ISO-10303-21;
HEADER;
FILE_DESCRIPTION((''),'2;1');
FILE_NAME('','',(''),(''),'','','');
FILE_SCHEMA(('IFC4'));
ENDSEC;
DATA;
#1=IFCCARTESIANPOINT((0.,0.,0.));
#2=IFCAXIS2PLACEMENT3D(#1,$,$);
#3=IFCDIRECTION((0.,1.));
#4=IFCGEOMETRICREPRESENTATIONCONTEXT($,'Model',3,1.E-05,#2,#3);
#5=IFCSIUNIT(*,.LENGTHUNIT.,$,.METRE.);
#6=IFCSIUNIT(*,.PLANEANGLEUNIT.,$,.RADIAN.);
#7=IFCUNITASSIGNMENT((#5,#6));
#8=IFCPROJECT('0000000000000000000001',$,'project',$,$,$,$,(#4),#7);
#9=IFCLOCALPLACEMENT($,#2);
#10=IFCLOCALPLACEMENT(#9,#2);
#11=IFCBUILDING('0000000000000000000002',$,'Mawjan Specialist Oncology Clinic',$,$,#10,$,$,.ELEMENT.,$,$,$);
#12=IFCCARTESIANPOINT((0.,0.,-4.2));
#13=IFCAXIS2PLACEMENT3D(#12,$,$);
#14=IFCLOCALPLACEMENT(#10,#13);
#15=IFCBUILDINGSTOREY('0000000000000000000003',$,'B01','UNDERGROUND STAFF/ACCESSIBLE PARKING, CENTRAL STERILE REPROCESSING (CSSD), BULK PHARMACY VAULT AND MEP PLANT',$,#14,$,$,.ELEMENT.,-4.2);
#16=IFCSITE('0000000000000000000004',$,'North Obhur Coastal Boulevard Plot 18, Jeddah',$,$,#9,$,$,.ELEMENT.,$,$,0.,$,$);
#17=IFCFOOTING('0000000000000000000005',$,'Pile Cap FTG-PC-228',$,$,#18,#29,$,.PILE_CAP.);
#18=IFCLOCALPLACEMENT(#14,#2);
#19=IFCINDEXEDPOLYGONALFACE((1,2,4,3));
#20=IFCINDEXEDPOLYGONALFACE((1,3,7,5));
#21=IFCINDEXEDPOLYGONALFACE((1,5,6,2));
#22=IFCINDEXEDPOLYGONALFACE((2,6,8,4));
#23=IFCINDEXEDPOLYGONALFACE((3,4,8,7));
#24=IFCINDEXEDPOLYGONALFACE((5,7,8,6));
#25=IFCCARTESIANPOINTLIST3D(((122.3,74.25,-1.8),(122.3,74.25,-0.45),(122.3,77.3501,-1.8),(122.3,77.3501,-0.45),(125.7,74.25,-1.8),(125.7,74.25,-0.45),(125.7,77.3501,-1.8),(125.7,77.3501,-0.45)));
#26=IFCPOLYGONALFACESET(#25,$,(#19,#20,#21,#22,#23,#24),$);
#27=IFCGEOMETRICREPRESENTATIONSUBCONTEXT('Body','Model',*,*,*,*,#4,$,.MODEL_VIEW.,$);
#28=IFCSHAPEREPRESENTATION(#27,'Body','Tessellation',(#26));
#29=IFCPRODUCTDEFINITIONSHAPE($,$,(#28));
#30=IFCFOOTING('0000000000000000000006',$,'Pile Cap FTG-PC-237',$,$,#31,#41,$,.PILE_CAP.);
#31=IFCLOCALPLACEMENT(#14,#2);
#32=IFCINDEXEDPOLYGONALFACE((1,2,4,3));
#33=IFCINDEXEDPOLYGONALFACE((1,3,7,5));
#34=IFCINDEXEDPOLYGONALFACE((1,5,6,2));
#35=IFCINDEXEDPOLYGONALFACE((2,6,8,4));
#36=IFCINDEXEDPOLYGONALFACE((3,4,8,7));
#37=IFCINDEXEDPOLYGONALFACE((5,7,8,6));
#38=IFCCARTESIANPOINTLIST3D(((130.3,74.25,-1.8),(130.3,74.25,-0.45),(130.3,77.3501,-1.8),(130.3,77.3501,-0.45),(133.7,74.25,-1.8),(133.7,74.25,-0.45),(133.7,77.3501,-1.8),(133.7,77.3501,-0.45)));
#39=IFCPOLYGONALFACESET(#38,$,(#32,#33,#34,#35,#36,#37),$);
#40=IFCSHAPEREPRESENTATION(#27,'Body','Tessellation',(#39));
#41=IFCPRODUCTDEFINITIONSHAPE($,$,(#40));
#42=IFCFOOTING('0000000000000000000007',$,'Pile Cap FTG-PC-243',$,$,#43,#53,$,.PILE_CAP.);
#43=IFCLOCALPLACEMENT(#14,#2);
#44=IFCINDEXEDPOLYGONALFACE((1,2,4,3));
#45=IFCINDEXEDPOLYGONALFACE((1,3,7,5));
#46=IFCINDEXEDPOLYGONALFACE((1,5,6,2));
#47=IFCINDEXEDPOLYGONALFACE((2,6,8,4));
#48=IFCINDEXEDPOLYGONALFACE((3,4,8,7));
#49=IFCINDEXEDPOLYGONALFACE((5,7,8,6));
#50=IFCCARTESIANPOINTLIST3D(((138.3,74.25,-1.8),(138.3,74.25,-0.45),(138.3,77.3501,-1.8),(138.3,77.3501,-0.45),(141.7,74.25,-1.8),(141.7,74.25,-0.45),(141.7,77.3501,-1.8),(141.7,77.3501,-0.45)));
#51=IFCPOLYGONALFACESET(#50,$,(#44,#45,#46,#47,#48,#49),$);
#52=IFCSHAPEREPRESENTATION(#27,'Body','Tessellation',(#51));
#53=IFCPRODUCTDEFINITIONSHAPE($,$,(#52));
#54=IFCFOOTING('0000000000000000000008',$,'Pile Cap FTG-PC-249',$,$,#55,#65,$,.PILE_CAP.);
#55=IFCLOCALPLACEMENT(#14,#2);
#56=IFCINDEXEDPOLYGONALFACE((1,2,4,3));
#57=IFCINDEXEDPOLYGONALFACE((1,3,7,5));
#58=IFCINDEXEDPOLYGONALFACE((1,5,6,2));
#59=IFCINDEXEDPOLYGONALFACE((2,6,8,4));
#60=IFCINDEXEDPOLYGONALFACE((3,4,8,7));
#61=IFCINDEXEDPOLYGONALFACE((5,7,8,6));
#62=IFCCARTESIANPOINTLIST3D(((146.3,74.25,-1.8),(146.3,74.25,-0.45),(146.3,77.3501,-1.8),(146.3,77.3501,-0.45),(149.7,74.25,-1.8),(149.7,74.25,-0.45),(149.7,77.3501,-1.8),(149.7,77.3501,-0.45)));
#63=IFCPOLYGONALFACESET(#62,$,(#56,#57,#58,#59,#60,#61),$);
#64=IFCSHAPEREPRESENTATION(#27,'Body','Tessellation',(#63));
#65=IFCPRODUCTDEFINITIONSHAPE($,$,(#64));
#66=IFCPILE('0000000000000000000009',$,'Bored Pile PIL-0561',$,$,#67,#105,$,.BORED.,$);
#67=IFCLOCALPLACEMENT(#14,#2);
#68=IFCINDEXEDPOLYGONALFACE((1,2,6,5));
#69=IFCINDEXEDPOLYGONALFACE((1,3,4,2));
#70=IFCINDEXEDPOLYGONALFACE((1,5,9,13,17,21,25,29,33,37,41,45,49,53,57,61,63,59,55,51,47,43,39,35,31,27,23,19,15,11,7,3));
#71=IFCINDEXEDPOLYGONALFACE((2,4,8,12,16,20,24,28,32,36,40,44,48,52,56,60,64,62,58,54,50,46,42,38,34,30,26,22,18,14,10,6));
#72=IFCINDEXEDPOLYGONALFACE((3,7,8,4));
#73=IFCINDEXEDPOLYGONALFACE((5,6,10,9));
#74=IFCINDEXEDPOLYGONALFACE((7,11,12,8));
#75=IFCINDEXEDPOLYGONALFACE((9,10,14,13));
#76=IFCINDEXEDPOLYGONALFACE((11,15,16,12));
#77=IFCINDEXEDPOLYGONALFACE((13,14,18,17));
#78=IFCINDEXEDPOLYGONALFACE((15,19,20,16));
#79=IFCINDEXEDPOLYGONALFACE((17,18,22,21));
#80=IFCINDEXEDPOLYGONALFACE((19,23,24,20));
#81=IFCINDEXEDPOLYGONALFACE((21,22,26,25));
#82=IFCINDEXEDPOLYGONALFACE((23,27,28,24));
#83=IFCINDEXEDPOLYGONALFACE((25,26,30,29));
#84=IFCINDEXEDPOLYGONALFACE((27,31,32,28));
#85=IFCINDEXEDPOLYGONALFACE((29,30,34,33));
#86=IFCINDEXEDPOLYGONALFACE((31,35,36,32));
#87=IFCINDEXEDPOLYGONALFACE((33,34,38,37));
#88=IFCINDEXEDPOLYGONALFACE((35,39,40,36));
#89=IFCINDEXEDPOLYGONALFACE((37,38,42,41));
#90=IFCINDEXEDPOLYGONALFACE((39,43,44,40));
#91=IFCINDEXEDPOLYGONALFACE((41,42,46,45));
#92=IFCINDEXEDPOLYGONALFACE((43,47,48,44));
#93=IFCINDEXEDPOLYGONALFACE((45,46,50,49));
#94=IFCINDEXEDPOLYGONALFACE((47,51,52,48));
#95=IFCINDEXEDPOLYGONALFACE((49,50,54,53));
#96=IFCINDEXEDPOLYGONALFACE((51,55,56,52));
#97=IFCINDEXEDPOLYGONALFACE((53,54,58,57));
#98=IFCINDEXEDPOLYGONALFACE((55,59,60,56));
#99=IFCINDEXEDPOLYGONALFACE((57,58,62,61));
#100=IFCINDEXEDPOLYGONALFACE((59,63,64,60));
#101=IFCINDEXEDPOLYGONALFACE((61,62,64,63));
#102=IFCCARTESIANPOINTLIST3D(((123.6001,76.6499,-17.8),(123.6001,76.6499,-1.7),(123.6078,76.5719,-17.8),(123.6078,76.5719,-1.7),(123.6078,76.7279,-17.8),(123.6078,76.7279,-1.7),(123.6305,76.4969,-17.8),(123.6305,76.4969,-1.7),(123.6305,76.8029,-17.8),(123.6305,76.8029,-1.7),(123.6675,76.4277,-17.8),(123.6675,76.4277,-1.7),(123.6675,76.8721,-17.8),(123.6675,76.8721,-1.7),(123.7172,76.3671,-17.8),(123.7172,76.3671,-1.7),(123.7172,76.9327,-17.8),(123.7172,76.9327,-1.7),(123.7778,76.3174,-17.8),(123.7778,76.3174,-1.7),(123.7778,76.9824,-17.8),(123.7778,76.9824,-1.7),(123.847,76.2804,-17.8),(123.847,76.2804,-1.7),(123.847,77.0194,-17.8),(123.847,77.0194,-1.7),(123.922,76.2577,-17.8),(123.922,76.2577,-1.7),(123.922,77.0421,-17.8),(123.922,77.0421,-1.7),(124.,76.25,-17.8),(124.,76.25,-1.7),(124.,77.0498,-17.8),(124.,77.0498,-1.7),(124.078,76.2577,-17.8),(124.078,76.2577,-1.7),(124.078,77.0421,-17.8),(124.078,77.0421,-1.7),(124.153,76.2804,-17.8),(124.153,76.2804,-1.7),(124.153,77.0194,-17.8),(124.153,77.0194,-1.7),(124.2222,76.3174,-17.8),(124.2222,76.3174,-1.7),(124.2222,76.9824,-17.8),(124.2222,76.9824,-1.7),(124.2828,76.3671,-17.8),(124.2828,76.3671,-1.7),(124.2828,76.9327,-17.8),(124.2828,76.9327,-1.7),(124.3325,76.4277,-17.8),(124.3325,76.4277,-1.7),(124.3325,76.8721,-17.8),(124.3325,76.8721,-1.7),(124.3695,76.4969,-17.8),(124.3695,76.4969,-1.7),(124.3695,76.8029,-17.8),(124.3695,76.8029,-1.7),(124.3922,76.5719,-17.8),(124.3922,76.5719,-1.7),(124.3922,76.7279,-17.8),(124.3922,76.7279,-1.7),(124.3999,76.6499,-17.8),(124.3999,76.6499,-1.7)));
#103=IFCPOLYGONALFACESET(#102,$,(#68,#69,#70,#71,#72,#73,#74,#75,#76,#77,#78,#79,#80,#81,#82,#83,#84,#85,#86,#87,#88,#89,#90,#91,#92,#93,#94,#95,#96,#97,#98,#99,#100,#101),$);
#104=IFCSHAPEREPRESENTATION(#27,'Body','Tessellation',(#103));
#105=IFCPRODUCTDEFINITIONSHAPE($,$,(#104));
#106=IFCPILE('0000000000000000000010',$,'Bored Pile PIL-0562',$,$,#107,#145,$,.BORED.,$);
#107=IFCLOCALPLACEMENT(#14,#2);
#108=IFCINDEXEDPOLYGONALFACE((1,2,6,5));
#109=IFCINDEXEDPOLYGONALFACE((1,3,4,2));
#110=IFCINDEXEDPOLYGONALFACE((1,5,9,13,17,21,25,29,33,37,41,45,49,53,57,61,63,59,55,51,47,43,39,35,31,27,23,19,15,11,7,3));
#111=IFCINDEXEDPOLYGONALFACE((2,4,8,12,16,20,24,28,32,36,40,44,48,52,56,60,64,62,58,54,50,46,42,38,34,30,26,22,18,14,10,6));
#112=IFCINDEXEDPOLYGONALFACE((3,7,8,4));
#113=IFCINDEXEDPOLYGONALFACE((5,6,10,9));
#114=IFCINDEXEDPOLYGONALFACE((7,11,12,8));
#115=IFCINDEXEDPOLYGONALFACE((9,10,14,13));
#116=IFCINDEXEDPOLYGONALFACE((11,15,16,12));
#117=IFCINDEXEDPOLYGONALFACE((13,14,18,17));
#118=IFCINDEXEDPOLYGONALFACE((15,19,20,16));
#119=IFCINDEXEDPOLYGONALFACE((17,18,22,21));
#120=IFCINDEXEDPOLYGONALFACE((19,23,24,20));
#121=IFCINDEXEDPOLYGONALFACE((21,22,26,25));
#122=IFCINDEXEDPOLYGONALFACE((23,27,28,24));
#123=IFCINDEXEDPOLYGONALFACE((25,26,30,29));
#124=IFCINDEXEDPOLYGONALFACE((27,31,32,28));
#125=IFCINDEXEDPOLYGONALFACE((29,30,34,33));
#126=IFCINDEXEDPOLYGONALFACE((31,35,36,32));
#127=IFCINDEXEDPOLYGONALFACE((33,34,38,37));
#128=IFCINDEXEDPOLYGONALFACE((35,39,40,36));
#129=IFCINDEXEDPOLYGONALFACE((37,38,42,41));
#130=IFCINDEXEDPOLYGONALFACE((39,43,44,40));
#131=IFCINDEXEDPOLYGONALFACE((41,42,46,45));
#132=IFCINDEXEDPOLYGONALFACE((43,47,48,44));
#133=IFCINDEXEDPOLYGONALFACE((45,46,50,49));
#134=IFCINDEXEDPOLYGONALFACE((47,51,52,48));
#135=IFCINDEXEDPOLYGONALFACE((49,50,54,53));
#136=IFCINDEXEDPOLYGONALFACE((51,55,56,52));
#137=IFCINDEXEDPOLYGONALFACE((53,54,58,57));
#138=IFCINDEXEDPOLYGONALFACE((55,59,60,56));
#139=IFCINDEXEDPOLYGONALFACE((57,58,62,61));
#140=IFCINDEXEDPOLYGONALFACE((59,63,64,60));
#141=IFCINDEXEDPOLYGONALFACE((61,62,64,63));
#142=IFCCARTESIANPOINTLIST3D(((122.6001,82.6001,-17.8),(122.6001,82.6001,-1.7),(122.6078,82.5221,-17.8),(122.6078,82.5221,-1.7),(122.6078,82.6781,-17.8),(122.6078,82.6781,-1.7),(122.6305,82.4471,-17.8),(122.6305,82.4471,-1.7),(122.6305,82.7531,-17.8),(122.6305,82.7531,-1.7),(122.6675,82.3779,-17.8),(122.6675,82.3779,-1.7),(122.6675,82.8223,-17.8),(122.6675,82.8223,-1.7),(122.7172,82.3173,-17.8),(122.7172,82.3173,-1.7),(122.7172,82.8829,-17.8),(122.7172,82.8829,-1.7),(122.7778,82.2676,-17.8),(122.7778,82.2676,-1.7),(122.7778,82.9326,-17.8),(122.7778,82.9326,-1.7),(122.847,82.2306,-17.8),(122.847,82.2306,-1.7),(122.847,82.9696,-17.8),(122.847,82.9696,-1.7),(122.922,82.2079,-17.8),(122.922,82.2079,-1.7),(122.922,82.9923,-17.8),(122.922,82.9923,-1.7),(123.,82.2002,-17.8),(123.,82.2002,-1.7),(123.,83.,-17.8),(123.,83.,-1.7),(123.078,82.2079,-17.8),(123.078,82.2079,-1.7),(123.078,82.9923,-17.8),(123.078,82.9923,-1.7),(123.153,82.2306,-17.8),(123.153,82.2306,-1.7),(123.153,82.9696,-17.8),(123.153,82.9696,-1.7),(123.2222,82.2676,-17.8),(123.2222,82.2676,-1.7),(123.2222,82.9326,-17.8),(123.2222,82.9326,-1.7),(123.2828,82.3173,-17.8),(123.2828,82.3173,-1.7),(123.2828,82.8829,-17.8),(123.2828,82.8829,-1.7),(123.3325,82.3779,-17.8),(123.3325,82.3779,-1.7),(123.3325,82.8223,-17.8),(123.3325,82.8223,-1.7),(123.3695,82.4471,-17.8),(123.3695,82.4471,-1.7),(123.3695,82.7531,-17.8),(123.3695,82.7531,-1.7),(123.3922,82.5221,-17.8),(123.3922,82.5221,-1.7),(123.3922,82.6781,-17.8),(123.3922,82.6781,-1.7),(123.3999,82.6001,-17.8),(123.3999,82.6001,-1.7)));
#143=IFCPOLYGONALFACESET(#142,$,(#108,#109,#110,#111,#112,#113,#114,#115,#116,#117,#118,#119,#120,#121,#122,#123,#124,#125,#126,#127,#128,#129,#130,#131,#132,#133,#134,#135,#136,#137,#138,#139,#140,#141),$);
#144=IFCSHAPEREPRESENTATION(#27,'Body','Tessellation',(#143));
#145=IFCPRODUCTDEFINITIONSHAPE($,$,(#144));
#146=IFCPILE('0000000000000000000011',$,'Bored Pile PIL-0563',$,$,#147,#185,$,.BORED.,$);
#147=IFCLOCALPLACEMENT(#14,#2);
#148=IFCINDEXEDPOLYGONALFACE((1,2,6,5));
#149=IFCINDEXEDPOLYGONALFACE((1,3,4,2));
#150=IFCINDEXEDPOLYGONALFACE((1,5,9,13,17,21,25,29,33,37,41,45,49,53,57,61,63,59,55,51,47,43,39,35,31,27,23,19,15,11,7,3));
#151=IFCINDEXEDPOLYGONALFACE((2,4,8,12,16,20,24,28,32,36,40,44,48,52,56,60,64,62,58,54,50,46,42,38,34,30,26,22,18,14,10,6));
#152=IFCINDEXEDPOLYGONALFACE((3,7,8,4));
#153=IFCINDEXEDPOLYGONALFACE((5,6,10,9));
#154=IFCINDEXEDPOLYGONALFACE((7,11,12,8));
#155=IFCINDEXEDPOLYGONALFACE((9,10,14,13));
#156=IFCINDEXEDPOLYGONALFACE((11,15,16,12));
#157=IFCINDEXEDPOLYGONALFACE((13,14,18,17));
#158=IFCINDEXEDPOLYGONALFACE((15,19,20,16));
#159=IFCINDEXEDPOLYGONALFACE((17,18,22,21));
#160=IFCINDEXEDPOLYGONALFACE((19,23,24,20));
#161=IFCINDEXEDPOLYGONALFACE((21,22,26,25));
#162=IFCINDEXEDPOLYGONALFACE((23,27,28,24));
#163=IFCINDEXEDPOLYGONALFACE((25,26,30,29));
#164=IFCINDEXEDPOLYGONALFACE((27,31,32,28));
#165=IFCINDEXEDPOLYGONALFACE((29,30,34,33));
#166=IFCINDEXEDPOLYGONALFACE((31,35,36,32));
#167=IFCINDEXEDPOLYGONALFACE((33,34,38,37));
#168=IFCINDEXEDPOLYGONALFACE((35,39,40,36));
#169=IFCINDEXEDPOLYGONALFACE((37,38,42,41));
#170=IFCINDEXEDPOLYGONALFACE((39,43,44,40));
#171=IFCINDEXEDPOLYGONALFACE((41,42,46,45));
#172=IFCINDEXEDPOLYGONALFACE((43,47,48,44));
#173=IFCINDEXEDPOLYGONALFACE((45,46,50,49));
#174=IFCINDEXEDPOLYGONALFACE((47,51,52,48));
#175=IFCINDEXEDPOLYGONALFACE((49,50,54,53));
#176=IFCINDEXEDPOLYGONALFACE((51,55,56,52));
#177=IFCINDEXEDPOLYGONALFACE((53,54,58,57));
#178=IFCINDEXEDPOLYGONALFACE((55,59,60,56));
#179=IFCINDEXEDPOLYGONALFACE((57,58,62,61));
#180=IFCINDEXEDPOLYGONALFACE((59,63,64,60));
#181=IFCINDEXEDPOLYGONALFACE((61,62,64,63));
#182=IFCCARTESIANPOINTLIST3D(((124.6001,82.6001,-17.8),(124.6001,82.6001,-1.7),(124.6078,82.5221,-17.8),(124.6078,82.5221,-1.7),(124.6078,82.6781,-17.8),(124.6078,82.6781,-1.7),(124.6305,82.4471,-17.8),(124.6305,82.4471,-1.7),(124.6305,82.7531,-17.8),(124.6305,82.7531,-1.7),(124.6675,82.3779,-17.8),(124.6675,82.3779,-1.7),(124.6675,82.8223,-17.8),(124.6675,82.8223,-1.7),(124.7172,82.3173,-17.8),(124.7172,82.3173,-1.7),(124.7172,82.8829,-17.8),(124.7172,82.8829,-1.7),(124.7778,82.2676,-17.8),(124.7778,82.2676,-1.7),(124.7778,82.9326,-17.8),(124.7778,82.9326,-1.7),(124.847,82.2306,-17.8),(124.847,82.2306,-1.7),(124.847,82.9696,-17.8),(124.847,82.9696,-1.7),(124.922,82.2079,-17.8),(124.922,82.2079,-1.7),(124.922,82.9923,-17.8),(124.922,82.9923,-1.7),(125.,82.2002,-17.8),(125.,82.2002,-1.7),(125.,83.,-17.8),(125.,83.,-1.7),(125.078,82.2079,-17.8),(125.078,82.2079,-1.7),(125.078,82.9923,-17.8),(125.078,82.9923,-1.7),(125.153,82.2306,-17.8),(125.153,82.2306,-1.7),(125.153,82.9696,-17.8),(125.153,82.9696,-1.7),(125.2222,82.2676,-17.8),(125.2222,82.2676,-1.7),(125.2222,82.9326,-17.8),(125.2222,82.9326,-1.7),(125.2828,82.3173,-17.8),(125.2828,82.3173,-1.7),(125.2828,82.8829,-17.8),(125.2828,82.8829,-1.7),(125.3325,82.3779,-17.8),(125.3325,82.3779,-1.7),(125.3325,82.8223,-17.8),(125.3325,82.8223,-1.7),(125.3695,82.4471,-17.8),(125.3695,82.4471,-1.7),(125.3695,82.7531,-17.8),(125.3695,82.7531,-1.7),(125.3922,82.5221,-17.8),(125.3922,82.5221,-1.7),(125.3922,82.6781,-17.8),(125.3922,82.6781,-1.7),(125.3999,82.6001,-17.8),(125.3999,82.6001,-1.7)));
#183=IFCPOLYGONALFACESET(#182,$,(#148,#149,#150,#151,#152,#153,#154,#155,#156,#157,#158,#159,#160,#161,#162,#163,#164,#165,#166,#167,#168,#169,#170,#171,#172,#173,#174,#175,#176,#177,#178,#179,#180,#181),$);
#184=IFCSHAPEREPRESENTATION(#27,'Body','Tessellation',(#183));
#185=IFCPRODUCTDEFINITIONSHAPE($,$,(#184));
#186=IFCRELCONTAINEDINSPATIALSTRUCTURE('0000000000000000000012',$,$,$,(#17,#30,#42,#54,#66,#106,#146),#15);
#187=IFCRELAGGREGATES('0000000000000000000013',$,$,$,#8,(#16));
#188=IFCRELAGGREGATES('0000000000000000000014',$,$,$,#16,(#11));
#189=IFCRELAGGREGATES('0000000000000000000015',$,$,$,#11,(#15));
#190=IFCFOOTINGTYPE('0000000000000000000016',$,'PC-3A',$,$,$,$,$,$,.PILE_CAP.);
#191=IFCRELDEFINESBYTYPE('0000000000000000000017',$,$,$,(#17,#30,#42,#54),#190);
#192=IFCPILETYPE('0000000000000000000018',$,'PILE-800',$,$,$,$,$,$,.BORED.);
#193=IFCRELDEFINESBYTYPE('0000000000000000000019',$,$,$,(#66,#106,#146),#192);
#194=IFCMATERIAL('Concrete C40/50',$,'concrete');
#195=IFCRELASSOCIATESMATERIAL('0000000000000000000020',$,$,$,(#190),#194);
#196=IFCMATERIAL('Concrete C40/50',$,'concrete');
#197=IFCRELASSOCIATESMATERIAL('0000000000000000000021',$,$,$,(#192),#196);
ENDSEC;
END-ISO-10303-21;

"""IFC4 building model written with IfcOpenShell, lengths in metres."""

from ifc_helpers import new_model, si_unit, direction, frame, origin, origin_2d, place, context, subcontext, project, spatial, rectangle, circle, extrude, material, material_profile, profile_set, type_object, element, save


model = new_model("IFC4")

# Units and contexts
model_context = context("Model", 3, precision=1e-05, world=origin(), true_north=direction((0.0, 1.0)))
body_context = subcontext(model_context, "Body", "Model", "MODEL_VIEW")
ifc_project = project(units=[si_unit("LENGTHUNIT", "METRE"), si_unit("PLANEANGLEUNIT", "RADIAN")], contexts=[model_context])

# Site, building, storey
site_placement = place(None, origin())
site = spatial("IfcSite", under=ifc_project, at=site_placement, Name="North Obhur Coastal Boulevard Plot 18, Jeddah", CompositionType="ELEMENT", RefElevation=0.0)
building_placement = place(site_placement, origin())
building = spatial("IfcBuilding", under=site, at=building_placement, Name="Mawjan Specialist Oncology Clinic", CompositionType="ELEMENT")
storey_placement = place(building_placement, frame((0.0, 0.0, -4.2)))
storey = spatial("IfcBuildingStorey", under=building, at=storey_placement, Name="B01", Description="UNDERGROUND STAFF/ACCESSIBLE PARKING, CENTRAL STERILE REPROCESSING (CSSD), BULK PHARMACY VAULT AND MEP PLANT", CompositionType="ELEMENT", Elevation=-4.2)

# Footings
ifc_material_1 = material(Name="Concrete C40/50", Category="concrete")
footing_type_1 = type_object("IfcFootingType", Name="PC-3A", PredefinedType="PILE_CAP", material=ifc_material_1)
for number, where, z_axis, x_axis, name in (
    (1, (124.0, 75.8, -1.8), (0.0, 0.0, 1.0), (1.0, 0.0, 0.0), "Pile Cap FTG-PC-228"),
    (2, (132.0, 75.8, -1.8), (0.0, 0.0, 1.0), (1.0, 0.0, 0.0), "Pile Cap FTG-PC-237"),
    (3, (140.0, 75.8, -1.8), (0.0, 0.0, 1.0), (1.0, 0.0, 0.0), "Pile Cap FTG-PC-243"),
    (4, (148.0, 75.8, -1.8), (0.0, 0.0, 1.0), (1.0, 0.0, 0.0), "Pile Cap FTG-PC-249"),
):
    element("IfcFooting", number, at=place(storey_placement, frame(where, z_axis=z_axis, x_axis=x_axis)), inside=storey, type_object=footing_type_1, Name=name, PredefinedType="PILE_CAP", context=body_context, shape_type="SweptSolid", body=[
        extrude(rectangle(XDim=3.3999, YDim=3.1001, at=origin_2d()), origin(), (0.0, 0.0, 1.0), 1.3501),
    ])

# Piles
ifc_material_2 = material(Name="Concrete C40/50", Category="concrete")
ifc_material_profile_1 = material_profile(ifc_material_2, circle(Radius=0.3999, at=origin_2d()), Name="BORED PILE D800", Category="concrete")
ifc_profile_set_1 = profile_set([ifc_material_profile_1], Name="Concrete C40/50")
pile_type = type_object("IfcPileType", Name="PILE-800", PredefinedType="BORED", material=ifc_profile_set_1)
for number, where, z_axis, x_axis, name in (
    (5, (124.0, 76.6499, -1.7), (0.0, 0.0, -1.0), (1.0, 0.0, 0.0), "Bored Pile PIL-0561"),
    (6, (123.0, 82.6001, -1.7), (0.0, 0.0, -1.0), (1.0, 0.0, 0.0), "Bored Pile PIL-0562"),
    (7, (125.0, 82.6001, -1.7), (0.0, 0.0, -1.0), (1.0, 0.0, 0.0), "Bored Pile PIL-0563"),
):
    element("IfcPile", number, at=place(storey_placement, frame(where, z_axis=z_axis, x_axis=x_axis)), inside=storey, type_object=pile_type, Name=name, PredefinedType="BORED", context=body_context, shape_type="SweptSolid", body=[
        extrude(circle(Radius=0.3999, at=origin_2d()), origin(), (0.0, 0.0, 1.0), 16.1001),
    ])

save(model, "model.ifc")
